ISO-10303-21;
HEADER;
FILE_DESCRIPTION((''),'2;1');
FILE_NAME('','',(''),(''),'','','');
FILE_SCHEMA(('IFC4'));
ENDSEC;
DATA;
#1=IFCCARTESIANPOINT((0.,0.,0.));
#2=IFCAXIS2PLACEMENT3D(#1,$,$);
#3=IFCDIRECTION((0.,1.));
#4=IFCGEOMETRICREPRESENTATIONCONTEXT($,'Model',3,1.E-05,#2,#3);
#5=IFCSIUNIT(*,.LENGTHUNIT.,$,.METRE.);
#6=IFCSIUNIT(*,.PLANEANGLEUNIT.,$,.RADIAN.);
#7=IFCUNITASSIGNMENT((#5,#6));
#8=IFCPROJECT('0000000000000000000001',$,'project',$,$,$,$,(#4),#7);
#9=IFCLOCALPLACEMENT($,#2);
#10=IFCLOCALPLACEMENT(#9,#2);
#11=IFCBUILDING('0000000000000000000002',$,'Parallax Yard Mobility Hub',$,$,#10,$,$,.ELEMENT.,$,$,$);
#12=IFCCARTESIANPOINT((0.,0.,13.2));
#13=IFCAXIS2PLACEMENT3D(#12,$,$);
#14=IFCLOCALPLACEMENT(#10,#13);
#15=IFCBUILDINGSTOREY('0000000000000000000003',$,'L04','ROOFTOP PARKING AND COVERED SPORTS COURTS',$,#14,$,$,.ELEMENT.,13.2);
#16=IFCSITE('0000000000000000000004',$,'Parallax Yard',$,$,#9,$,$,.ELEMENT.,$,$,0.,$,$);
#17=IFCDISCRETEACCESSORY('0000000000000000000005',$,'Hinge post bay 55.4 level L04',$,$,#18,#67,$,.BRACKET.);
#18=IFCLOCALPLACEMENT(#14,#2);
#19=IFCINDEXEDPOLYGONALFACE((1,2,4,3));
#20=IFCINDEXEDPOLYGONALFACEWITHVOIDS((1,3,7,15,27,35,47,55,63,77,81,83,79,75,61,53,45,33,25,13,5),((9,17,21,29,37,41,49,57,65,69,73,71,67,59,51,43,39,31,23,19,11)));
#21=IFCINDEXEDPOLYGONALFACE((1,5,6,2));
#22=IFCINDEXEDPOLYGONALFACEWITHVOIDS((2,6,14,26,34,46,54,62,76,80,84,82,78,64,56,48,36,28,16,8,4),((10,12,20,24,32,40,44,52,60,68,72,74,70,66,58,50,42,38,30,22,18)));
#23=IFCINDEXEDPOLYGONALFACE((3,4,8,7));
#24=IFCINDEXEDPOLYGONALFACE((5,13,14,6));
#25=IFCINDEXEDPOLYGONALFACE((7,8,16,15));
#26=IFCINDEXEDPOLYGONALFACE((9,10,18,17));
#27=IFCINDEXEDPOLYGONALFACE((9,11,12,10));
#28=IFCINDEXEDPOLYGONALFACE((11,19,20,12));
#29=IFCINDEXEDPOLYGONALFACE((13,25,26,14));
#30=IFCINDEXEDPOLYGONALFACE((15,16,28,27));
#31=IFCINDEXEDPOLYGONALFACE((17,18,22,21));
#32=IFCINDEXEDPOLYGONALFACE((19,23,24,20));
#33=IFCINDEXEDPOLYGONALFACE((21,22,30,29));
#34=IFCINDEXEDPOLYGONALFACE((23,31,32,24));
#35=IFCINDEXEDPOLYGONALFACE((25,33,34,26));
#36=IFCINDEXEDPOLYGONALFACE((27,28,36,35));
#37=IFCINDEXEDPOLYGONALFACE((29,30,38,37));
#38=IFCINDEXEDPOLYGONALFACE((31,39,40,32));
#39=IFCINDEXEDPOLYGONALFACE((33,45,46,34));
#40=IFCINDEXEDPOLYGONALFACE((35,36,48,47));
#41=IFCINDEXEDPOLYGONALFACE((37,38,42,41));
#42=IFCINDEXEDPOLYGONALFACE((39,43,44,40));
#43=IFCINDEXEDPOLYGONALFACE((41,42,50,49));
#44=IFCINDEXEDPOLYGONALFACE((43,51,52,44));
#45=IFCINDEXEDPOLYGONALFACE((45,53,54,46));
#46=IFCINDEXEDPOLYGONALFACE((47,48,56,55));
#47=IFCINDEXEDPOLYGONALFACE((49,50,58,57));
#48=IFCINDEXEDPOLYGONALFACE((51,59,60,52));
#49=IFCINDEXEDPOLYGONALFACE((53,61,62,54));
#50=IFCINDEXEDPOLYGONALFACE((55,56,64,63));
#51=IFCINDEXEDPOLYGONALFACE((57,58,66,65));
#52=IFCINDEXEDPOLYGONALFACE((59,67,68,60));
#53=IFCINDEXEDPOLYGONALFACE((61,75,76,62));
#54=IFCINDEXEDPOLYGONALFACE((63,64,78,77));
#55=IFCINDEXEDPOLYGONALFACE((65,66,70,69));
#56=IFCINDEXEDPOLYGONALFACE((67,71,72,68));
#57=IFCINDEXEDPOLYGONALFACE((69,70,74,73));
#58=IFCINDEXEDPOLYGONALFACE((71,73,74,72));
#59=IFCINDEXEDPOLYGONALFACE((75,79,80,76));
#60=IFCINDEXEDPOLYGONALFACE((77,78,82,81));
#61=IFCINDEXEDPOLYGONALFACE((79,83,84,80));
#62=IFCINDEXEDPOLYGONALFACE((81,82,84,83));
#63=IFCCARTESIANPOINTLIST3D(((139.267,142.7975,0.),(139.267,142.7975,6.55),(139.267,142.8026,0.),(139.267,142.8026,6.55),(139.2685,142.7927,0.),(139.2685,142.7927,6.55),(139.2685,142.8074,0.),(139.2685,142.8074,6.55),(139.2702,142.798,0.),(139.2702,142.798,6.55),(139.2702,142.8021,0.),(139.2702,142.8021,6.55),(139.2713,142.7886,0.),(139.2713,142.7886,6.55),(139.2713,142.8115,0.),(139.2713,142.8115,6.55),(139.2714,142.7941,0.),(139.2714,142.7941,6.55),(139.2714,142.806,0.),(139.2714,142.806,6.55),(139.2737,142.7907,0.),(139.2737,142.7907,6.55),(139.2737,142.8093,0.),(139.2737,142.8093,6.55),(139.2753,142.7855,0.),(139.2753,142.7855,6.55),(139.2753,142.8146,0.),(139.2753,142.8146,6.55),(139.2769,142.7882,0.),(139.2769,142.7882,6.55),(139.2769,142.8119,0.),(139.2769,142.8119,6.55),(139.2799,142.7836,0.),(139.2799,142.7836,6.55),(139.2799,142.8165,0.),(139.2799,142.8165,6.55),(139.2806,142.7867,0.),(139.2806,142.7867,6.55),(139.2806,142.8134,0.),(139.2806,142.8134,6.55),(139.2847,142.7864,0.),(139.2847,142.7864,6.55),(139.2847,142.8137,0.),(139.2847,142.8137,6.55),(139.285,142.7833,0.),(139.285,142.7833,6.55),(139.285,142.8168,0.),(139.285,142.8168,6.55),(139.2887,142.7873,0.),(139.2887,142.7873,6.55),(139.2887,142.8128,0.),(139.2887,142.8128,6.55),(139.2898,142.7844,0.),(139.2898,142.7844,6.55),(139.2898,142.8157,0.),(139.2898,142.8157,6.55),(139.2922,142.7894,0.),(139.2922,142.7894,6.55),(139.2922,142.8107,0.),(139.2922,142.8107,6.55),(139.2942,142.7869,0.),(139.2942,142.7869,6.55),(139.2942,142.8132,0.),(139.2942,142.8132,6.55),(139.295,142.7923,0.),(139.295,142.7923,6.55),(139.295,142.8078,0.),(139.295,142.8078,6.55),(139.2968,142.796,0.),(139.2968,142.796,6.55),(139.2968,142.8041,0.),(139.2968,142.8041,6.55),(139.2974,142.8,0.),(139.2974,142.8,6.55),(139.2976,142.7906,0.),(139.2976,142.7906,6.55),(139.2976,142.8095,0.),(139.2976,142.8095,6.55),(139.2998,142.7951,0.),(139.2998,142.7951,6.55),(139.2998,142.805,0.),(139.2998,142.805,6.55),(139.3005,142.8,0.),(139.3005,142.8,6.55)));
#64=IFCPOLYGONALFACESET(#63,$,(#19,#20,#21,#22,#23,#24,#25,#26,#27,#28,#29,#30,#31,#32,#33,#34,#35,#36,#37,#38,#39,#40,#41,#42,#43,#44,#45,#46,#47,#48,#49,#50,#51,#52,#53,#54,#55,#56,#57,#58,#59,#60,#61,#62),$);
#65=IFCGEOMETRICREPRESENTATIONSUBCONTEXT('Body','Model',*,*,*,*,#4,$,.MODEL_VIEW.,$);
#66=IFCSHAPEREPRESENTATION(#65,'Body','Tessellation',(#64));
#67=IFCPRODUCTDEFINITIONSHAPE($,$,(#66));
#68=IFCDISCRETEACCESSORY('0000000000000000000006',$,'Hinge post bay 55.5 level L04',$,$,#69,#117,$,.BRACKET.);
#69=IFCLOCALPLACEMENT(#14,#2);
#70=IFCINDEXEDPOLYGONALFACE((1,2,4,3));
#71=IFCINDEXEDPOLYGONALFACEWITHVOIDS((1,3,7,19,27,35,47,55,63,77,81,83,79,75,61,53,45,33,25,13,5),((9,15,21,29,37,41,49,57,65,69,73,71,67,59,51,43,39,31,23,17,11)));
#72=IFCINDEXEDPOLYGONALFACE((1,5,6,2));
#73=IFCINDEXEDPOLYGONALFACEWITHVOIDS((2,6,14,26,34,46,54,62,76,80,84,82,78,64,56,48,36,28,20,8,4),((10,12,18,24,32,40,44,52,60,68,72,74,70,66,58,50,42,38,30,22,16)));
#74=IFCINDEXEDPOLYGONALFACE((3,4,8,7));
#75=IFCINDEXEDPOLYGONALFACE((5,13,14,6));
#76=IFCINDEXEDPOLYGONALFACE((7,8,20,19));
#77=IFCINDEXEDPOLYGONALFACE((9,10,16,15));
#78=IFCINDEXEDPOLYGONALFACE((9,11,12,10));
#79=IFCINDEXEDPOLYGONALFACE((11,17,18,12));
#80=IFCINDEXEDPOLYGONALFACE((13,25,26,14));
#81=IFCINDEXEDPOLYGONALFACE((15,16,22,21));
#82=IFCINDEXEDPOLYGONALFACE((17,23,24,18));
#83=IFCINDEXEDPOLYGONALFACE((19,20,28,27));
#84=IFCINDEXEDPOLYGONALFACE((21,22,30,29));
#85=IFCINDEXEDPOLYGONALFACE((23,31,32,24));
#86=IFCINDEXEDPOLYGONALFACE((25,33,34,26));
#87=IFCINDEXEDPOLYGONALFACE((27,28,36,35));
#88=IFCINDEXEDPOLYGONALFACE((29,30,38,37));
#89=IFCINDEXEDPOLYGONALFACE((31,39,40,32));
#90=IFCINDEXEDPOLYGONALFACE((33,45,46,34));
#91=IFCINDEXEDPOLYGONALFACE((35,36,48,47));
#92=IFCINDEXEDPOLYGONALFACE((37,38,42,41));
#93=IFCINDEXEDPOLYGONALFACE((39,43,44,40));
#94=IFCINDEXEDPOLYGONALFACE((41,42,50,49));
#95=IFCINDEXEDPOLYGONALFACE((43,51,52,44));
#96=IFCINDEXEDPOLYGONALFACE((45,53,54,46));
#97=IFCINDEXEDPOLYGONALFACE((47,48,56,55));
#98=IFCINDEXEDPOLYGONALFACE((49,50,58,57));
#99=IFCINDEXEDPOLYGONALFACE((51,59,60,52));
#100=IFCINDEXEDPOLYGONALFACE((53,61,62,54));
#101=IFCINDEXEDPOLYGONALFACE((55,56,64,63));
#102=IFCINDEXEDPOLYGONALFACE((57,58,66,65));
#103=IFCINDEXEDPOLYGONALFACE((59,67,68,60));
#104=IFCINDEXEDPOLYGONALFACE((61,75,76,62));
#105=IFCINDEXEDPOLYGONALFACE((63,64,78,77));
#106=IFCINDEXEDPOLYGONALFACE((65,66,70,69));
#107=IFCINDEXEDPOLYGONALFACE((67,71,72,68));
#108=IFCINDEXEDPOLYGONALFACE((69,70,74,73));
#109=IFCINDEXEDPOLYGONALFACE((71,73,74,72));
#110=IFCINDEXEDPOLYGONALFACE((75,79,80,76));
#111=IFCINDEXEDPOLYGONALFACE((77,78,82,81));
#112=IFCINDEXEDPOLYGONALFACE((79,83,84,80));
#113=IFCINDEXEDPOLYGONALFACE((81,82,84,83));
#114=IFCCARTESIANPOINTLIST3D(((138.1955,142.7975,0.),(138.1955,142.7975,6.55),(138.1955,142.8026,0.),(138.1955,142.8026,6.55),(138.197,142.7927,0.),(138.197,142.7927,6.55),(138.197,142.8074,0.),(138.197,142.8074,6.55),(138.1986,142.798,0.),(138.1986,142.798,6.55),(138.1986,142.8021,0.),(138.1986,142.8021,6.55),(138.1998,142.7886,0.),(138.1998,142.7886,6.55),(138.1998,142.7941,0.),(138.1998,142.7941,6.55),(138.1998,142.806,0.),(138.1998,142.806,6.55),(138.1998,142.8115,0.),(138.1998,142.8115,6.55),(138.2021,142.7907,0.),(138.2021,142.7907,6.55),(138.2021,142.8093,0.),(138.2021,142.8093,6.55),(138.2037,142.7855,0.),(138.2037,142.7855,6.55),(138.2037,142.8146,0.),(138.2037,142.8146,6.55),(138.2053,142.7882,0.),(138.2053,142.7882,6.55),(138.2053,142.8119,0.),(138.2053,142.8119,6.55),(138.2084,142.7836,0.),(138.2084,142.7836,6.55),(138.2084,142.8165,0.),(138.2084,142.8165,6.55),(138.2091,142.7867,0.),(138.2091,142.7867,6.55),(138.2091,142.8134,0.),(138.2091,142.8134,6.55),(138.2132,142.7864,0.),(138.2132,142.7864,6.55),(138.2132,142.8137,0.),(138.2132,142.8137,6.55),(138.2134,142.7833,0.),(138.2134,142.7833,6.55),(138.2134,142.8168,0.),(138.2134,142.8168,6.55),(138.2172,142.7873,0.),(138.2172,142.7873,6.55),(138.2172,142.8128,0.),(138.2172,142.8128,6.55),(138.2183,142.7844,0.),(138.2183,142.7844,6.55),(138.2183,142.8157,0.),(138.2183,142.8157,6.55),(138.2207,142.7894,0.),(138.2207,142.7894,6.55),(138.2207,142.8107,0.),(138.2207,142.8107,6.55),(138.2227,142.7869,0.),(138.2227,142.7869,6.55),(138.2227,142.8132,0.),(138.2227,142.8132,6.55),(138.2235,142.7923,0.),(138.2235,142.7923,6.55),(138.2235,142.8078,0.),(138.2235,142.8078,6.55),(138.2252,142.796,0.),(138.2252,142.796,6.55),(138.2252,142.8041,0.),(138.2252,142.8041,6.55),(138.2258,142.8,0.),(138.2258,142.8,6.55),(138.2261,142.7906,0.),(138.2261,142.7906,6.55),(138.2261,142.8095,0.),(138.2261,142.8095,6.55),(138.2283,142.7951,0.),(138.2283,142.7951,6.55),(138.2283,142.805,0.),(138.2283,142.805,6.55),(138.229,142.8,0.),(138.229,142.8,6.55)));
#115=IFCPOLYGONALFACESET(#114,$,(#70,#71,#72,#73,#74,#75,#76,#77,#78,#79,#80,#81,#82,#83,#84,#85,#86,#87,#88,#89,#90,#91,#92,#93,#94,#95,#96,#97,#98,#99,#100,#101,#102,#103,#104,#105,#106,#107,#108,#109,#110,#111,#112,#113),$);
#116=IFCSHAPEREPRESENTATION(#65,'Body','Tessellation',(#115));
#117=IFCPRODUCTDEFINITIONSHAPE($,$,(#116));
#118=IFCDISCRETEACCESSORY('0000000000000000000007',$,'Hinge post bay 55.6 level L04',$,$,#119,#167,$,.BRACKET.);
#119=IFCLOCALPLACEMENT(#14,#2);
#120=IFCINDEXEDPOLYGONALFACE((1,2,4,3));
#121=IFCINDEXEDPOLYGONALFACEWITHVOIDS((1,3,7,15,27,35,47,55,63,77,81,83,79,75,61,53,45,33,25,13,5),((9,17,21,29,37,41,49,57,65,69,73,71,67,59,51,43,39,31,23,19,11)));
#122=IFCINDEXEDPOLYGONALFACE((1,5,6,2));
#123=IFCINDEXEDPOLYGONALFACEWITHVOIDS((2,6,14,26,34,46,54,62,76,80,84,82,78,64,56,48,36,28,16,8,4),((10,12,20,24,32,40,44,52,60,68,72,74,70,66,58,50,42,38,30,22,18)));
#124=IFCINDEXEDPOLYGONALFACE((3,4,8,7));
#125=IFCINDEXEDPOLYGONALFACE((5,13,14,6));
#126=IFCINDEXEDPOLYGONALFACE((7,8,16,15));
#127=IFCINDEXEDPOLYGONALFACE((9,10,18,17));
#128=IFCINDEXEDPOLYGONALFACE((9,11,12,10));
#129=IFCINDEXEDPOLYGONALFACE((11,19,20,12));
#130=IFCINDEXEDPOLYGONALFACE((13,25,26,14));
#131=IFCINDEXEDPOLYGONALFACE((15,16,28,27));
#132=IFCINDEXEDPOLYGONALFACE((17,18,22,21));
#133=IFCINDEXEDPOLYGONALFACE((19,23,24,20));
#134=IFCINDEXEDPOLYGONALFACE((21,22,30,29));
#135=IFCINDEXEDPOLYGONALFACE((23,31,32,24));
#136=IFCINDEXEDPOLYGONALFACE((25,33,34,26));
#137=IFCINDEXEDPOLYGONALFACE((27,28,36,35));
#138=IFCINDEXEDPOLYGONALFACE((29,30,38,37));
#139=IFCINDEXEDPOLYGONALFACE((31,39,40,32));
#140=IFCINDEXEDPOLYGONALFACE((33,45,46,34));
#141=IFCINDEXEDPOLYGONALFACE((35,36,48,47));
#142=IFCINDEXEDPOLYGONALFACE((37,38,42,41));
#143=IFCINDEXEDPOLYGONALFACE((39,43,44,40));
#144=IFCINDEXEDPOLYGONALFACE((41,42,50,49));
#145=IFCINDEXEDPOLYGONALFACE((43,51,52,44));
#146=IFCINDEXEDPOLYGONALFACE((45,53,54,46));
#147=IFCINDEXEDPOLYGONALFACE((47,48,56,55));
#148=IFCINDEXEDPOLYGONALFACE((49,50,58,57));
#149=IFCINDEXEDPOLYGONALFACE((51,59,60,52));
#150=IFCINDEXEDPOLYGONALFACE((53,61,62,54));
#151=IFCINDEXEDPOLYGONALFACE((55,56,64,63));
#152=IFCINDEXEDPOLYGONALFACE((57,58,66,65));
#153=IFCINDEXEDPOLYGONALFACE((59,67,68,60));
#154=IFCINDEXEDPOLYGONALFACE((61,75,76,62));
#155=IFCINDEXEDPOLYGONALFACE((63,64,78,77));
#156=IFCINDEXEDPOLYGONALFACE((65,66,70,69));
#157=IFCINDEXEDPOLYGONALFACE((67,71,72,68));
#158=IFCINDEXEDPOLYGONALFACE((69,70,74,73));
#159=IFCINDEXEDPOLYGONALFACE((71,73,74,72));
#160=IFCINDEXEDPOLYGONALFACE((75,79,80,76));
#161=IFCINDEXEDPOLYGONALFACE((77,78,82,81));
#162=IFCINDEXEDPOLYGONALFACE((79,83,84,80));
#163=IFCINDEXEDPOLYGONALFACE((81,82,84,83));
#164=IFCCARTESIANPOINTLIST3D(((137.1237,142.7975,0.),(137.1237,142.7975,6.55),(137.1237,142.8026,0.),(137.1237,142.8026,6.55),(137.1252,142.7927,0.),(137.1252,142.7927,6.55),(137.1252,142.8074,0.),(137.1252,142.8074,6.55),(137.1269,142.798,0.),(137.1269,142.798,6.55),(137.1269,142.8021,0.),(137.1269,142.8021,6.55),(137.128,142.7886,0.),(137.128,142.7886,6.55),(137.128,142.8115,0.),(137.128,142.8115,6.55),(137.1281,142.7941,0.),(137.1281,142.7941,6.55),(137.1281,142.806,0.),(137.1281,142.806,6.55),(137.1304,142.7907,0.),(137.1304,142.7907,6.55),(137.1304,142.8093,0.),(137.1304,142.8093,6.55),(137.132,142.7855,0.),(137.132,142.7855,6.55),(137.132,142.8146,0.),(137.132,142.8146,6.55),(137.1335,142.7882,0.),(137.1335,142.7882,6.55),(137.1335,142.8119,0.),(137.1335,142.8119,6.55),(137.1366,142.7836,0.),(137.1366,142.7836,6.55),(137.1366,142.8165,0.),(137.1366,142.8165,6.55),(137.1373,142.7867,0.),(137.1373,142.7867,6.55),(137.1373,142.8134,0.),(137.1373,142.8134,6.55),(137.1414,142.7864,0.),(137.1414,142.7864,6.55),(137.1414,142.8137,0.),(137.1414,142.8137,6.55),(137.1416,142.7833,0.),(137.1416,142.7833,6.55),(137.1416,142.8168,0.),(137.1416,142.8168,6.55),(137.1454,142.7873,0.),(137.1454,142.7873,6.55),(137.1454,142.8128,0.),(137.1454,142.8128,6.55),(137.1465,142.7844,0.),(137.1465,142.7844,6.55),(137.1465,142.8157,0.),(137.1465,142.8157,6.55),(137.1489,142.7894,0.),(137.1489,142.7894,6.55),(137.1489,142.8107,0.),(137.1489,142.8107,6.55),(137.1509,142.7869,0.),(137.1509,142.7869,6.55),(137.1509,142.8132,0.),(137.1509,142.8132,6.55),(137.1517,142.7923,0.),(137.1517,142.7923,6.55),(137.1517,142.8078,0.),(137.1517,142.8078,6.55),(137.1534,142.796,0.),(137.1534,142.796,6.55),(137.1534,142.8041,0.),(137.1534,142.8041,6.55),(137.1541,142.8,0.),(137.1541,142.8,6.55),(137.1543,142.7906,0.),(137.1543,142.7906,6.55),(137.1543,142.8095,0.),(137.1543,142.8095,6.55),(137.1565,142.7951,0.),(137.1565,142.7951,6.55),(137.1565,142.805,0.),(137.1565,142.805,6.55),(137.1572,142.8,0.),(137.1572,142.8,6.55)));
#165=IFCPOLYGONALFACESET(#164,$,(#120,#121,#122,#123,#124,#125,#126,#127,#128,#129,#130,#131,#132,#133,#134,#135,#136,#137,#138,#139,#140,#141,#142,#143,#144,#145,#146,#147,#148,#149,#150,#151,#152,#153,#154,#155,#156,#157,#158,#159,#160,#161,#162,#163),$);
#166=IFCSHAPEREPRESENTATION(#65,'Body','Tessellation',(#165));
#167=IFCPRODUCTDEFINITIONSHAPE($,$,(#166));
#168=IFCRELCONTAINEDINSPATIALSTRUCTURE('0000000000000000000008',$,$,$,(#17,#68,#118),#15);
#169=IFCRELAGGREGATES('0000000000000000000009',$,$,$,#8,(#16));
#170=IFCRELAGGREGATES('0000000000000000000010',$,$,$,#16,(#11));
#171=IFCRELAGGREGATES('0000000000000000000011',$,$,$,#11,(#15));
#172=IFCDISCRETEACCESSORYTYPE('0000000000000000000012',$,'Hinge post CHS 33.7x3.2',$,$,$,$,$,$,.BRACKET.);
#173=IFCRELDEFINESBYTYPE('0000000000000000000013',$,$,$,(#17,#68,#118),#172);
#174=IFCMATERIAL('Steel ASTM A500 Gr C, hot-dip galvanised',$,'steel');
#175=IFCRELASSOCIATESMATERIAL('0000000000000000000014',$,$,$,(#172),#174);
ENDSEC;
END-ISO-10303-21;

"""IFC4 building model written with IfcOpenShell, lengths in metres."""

from ifc_helpers import new_model, si_unit, direction, frame, origin, origin_2d, place, context, subcontext, project, spatial, hollow_circle, extrude, material, material_profile, profile_set, type_object, element, save


model = new_model("IFC4")

# Units and contexts
model_context = context("Model", 3, precision=1e-05, world=origin(), true_north=direction((0.0, 1.0)))
body_context = subcontext(model_context, "Body", "Model", "MODEL_VIEW")
ifc_project = project(units=[si_unit("LENGTHUNIT", "METRE"), si_unit("PLANEANGLEUNIT", "RADIAN")], contexts=[model_context])

# Site, building, storey
site_placement = place(None, origin())
site = spatial("IfcSite", under=ifc_project, at=site_placement, Name="Parallax Yard", CompositionType="ELEMENT", RefElevation=0.0)
building_placement = place(site_placement, origin())
building = spatial("IfcBuilding", under=site, at=building_placement, Name="Parallax Yard Mobility Hub", CompositionType="ELEMENT")
storey_placement = place(building_placement, frame((0.0, 0.0, 13.2)))
storey = spatial("IfcBuildingStorey", under=building, at=storey_placement, Name="L04", Description="ROOFTOP PARKING AND COVERED SPORTS COURTS", CompositionType="ELEMENT", Elevation=13.2)

# Discrete accessories
ifc_material_1 = material(Name="Steel ASTM A500 Gr C, hot-dip galvanised", Category="steel")
ifc_material_profile = material_profile(ifc_material_1, hollow_circle(Radius=0.0168, WallThickness=0.0032, at=origin_2d()), Name="CHS 33.7x3.2")
ifc_profile_set = profile_set([ifc_material_profile], Name="Steel ASTM A500 Gr C, hot-dip galvanised")
discrete_accessory_type_1 = type_object("IfcDiscreteAccessoryType", Name="Hinge post CHS 33.7x3.2", PredefinedType="BRACKET", material=ifc_profile_set)
for number, where, z_axis, x_axis, name in (
    (1, (139.2837, 142.8, 0.0), (0.0, 0.0, 1.0), (1.0, 0.0, 0.0), "Hinge post bay 55.4 level L04"),
    (2, (138.2122, 142.8, 0.0), (0.0, 0.0, 1.0), (1.0, 0.0, 0.0), "Hinge post bay 55.5 level L04"),
    (3, (137.1404, 142.8, 0.0), (0.0, 0.0, 1.0), (1.0, 0.0, 0.0), "Hinge post bay 55.6 level L04"),
):
    element("IfcDiscreteAccessory", number, at=place(storey_placement, frame(where, z_axis=z_axis, x_axis=x_axis)), inside=storey, type_object=discrete_accessory_type_1, Name=name, PredefinedType="BRACKET", context=body_context, shape_type="SweptSolid", body=[
        extrude(hollow_circle(Radius=0.0168, WallThickness=0.0032, at=origin_2d()), origin(), (0.0, 0.0, 1.0), 6.55),
    ])

save(model, "model.ifc")
